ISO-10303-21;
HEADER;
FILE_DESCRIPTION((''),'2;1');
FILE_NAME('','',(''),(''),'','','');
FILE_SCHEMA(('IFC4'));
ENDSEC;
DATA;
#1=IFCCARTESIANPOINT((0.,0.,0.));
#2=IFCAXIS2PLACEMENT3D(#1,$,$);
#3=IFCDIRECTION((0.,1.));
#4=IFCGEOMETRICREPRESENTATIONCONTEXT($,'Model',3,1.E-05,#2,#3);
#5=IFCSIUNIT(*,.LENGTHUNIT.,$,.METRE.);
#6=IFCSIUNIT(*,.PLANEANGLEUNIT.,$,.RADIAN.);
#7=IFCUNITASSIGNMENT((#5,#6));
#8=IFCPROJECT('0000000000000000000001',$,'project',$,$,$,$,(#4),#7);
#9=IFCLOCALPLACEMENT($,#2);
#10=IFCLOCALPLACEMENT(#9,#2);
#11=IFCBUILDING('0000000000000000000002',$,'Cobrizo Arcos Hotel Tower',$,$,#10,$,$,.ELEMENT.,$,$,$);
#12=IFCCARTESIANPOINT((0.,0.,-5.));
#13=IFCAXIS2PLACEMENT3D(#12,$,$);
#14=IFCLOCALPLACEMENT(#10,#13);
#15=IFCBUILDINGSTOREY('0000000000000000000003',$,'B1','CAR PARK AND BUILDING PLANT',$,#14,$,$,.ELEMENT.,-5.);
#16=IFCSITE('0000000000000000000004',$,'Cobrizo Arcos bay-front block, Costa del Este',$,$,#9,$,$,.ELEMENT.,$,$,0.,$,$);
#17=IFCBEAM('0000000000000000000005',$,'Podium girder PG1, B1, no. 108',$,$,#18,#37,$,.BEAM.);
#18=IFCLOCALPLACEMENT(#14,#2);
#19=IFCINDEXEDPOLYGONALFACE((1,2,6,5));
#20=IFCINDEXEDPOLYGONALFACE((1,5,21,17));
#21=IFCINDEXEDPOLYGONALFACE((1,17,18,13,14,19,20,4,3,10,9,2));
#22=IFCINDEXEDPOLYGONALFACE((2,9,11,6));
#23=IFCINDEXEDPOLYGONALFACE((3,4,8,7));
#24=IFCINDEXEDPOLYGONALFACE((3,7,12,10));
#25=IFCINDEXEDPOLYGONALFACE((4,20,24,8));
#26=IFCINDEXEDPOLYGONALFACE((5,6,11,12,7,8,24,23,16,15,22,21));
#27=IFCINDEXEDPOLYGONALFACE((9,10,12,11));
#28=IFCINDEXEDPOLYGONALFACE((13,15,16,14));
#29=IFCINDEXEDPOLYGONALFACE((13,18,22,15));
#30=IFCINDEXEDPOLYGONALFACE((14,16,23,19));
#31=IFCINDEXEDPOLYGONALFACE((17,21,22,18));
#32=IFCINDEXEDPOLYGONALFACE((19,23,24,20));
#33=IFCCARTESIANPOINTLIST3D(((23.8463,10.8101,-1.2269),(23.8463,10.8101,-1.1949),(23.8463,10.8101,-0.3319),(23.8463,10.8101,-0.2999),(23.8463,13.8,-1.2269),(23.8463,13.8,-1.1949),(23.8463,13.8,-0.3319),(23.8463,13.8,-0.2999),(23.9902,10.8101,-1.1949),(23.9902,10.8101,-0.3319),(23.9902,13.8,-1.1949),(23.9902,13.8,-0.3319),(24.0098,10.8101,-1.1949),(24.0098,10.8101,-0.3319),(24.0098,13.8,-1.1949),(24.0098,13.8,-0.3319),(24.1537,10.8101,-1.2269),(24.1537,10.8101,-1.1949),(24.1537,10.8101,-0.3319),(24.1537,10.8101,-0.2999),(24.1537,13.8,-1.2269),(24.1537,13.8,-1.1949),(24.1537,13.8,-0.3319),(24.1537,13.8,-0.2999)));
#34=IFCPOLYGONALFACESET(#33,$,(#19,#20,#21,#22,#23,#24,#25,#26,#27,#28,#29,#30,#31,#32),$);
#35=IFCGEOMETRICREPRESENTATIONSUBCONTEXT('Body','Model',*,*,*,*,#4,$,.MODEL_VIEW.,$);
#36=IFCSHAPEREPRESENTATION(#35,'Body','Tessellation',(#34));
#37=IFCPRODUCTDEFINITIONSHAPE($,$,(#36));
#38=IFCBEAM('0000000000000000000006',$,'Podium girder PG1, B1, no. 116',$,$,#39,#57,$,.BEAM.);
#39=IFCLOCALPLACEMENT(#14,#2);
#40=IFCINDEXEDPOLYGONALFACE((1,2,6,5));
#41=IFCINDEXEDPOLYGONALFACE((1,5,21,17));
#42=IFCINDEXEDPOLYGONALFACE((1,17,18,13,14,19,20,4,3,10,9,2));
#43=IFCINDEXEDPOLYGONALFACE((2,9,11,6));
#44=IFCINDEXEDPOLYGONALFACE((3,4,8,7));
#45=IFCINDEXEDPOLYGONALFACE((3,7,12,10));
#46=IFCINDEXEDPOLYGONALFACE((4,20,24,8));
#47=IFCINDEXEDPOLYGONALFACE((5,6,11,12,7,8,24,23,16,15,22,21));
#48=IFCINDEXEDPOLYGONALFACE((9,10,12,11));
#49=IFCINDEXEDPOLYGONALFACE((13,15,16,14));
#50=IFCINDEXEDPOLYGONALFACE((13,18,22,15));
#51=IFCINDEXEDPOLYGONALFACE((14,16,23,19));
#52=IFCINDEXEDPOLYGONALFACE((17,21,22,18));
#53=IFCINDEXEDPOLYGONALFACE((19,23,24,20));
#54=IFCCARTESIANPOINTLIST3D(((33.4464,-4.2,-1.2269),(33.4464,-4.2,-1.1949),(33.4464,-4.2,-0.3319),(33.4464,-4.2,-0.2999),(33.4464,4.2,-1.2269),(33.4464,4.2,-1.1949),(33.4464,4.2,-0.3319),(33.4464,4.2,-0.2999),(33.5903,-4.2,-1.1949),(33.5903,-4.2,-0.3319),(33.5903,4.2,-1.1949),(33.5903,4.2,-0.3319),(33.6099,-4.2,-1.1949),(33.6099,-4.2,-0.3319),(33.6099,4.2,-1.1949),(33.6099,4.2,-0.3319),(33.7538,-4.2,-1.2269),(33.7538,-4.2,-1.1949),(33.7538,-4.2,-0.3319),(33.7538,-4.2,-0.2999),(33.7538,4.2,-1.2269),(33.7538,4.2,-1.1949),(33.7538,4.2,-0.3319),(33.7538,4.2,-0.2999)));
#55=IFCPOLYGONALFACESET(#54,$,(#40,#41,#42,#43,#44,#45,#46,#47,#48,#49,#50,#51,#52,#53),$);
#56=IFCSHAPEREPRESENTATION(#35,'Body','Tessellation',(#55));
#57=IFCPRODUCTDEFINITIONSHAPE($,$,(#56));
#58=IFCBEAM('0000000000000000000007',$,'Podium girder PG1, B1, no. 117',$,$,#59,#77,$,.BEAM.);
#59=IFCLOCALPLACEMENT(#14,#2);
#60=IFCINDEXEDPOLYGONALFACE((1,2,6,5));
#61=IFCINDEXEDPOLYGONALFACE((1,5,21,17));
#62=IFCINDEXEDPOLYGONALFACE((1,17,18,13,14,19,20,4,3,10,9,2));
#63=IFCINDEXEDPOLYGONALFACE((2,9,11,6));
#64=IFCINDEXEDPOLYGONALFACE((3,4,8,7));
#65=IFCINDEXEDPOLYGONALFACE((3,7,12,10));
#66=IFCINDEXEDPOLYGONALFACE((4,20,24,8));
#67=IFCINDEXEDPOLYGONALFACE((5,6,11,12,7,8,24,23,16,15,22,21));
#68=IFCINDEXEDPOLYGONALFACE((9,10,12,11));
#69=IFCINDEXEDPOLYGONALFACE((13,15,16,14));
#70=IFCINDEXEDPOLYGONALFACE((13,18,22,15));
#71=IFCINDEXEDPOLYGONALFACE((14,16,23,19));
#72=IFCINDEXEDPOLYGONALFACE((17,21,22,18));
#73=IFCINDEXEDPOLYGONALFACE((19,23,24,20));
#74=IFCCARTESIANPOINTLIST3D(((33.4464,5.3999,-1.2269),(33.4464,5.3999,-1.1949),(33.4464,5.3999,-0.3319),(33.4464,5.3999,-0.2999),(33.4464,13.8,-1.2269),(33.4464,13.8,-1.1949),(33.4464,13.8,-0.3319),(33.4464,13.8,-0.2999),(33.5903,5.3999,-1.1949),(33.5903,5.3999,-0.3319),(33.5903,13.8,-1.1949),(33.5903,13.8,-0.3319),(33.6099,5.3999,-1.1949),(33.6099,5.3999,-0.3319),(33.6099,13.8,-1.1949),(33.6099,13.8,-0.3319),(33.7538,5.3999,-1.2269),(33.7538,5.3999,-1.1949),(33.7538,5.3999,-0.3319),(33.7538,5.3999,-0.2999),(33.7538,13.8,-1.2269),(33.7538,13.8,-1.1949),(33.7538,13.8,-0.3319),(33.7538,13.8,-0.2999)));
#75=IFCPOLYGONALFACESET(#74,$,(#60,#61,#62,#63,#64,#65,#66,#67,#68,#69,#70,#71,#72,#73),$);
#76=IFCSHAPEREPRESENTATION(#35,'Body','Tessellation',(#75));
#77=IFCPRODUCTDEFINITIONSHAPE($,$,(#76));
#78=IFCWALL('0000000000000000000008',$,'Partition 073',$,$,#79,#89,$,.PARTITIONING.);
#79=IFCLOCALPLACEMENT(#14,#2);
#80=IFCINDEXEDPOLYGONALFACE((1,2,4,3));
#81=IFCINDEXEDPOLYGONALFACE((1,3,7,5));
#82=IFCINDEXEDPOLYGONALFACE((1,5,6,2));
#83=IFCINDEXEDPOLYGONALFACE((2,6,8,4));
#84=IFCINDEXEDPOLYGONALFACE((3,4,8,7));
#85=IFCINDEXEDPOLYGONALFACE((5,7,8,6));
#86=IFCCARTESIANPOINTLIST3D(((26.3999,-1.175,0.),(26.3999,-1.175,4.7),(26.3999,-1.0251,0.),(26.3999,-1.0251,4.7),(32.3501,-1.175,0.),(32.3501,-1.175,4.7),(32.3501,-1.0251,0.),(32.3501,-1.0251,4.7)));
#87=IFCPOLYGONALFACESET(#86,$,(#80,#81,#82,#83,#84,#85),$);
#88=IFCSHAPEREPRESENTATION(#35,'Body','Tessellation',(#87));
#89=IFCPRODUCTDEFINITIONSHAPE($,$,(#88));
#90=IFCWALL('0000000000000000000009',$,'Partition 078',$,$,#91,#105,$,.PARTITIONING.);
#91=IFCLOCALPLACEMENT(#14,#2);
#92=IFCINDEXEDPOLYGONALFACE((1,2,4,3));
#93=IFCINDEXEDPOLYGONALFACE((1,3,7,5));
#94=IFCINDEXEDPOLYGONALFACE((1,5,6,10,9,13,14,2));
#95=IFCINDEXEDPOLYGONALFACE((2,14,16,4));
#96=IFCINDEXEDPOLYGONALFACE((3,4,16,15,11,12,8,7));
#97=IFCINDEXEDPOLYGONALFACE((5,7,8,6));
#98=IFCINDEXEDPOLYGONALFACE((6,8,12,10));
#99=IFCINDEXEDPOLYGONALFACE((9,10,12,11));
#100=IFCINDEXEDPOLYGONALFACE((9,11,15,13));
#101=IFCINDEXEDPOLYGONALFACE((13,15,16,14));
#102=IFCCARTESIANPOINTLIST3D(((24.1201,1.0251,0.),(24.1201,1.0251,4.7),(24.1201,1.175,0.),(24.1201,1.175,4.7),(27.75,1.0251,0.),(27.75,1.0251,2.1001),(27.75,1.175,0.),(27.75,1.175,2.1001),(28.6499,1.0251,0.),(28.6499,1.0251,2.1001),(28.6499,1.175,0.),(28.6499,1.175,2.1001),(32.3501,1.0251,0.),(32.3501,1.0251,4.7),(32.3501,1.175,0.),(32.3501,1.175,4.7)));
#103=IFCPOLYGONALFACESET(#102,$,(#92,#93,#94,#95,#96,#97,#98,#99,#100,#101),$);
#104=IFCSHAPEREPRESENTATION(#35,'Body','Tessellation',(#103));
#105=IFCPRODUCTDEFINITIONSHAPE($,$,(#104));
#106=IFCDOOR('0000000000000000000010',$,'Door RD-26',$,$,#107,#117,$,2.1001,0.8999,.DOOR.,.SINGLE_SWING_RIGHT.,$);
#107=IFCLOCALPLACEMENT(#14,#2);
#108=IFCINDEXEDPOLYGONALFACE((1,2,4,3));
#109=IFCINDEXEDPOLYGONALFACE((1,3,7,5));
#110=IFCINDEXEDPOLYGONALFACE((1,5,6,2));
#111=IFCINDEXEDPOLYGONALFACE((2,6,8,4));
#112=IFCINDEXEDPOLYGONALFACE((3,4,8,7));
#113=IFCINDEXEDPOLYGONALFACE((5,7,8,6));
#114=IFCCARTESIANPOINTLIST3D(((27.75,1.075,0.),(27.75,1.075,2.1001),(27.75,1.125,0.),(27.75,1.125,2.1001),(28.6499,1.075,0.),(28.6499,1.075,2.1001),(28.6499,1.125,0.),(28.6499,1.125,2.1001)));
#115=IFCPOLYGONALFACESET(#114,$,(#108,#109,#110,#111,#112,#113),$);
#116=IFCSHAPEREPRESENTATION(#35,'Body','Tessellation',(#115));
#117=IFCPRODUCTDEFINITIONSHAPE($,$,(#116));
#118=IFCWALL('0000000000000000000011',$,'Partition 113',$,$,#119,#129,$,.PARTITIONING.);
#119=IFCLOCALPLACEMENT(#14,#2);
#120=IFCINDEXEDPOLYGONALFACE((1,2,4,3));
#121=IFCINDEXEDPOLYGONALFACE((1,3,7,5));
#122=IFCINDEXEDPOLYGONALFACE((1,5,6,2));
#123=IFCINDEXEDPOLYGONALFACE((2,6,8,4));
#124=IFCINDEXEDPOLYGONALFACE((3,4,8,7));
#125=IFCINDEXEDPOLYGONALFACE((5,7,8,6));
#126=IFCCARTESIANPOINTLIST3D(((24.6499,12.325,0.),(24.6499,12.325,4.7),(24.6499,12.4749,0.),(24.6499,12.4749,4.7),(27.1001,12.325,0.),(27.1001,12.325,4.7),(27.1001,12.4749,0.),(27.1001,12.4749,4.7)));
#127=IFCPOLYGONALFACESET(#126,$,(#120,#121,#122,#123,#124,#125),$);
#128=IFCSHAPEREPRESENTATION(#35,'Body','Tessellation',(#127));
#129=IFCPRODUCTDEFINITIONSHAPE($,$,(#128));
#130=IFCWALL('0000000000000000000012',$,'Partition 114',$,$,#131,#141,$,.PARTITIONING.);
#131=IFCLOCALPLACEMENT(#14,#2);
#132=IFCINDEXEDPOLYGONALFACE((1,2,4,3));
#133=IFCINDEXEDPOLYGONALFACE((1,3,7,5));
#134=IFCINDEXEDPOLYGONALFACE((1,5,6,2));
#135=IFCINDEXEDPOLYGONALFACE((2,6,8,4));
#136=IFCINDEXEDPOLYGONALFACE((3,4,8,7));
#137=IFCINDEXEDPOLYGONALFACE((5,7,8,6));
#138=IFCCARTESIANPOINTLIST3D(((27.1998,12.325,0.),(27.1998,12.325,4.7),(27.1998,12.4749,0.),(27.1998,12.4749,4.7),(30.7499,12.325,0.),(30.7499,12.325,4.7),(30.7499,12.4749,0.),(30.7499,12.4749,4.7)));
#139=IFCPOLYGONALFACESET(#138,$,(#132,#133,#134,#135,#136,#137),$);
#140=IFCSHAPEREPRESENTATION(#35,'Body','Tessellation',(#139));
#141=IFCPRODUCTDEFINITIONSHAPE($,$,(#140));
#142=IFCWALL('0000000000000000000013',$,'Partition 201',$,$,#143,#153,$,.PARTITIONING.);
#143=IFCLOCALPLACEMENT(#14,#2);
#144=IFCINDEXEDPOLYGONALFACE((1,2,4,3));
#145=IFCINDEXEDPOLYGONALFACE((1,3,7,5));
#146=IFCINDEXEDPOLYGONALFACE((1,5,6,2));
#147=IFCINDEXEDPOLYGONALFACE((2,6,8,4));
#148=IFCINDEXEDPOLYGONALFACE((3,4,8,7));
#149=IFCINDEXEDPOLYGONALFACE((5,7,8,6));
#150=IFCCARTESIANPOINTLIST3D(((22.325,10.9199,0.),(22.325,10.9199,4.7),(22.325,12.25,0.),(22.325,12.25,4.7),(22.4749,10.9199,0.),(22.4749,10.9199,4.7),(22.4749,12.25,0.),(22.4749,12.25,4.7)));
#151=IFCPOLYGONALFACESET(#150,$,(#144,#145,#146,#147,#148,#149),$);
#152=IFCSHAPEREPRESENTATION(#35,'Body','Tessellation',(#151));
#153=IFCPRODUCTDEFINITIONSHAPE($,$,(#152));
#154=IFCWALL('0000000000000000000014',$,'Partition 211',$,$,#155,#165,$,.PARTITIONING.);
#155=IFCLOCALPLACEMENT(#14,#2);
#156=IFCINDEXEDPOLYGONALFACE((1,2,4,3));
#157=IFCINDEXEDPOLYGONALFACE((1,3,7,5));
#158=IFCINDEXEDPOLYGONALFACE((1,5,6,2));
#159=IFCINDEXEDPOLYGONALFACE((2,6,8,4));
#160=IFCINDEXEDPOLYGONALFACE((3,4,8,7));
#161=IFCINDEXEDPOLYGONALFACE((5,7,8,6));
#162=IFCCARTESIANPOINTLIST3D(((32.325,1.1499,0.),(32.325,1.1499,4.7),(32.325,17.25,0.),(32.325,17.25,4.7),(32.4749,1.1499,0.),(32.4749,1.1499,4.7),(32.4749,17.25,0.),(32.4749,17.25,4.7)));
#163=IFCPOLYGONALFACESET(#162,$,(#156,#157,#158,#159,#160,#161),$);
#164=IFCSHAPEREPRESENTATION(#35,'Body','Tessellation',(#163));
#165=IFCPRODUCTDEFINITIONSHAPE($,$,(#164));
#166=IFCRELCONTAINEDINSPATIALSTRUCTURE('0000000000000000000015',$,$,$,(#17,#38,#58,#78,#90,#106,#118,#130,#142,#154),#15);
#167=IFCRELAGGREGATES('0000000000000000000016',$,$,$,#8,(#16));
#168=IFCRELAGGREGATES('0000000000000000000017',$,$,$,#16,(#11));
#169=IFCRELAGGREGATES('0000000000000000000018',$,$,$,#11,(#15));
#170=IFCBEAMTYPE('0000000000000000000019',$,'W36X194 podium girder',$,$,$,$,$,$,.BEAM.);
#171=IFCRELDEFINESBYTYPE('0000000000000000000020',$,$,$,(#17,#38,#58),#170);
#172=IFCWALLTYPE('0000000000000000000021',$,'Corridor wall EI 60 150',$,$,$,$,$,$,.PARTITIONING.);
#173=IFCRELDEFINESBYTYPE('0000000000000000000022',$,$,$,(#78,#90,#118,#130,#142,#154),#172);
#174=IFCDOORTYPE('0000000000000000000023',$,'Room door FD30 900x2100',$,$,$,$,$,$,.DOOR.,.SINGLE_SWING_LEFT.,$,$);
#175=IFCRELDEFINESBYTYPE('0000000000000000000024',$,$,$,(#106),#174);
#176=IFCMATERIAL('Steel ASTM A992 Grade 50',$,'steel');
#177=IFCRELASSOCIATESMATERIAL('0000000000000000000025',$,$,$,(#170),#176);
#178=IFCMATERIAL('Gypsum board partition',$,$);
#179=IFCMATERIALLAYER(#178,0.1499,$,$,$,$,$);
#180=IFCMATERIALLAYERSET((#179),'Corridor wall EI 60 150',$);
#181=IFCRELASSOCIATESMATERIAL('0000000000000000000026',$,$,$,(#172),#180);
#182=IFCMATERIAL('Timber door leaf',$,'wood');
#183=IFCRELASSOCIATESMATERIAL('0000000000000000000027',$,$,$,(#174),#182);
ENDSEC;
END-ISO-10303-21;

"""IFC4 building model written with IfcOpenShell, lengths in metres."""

from ifc_helpers import new_model, si_unit, direction, frame, frame_2d, origin, origin_2d, place, context, subcontext, project, spatial, rectangle, i_section, extrude, material, layer, layer_set, material_profile, profile_set, type_object, element, fill, save


model = new_model("IFC4")

# Units and contexts
model_context = context("Model", 3, precision=1e-05, world=origin(), true_north=direction((0.0, 1.0)))
body_context = subcontext(model_context, "Body", "Model", "MODEL_VIEW")
ifc_project = project(units=[si_unit("LENGTHUNIT", "METRE"), si_unit("PLANEANGLEUNIT", "RADIAN")], contexts=[model_context])

# Site, building, storey
site_placement = place(None, origin())
site = spatial("IfcSite", under=ifc_project, at=site_placement, Name="Cobrizo Arcos bay-front block, Costa del Este", CompositionType="ELEMENT", RefElevation=0.0)
building_placement = place(site_placement, origin())
building = spatial("IfcBuilding", under=site, at=building_placement, Name="Cobrizo Arcos Hotel Tower", CompositionType="ELEMENT")
storey_placement = place(building_placement, frame((0.0, 0.0, -5.0)))
storey = spatial("IfcBuildingStorey", under=building, at=storey_placement, Name="B1", Description="CAR PARK AND BUILDING PLANT", CompositionType="ELEMENT", Elevation=-5.0)

# Beams
ifc_material_1 = material(Name="Steel ASTM A992 Grade 50", Category="steel")
ifc_material_profile_1 = material_profile(ifc_material_1, i_section(OverallWidth=0.3074, OverallDepth=0.927, WebThickness=0.0195, FlangeThickness=0.032, at=origin_2d()), Name="W36X194")
ifc_profile_set_1 = profile_set([ifc_material_profile_1], Name="Steel ASTM A992 Grade 50")
beam_type_1 = type_object("IfcBeamType", Name="W36X194 podium girder", PredefinedType="BEAM", material=ifc_profile_set_1)
beam_1_placement = place(storey_placement, frame((24.0, 10.8101, -0.7634), z_axis=(0.0, 1.0, 0.0), x_axis=(-1.0, 0.0, 0.0)))
element("IfcBeam", 1, at=beam_1_placement, inside=storey, type_object=beam_type_1, Name="Podium girder PG1, B1, no. 108", PredefinedType="BEAM", context=body_context, shape_type="SweptSolid", body=[
    extrude(i_section(OverallWidth=0.3074, OverallDepth=0.927, WebThickness=0.0195, FlangeThickness=0.032, at=origin_2d()), origin(), (0.0, 0.0, 1.0), 2.99),
])
beam_2_placement = place(storey_placement, frame((33.6001, -4.2, -0.7634), z_axis=(0.0, 1.0, 0.0), x_axis=(-1.0, 0.0, 0.0)))
element("IfcBeam", 2, at=beam_2_placement, inside=storey, type_object=beam_type_1, Name="Podium girder PG1, B1, no. 116", PredefinedType="BEAM", context=body_context, shape_type="SweptSolid", body=[
    extrude(i_section(OverallWidth=0.3074, OverallDepth=0.927, WebThickness=0.0195, FlangeThickness=0.032, at=origin_2d()), origin(), (0.0, 0.0, 1.0), 8.3999),
])
beam_3_placement = place(storey_placement, frame((33.6001, 5.3999, -0.7634), z_axis=(0.0, 1.0, 0.0), x_axis=(-1.0, 0.0, 0.0)))
element("IfcBeam", 3, at=beam_3_placement, inside=storey, type_object=beam_type_1, Name="Podium girder PG1, B1, no. 117", PredefinedType="BEAM", context=body_context, shape_type="SweptSolid", body=[
    extrude(i_section(OverallWidth=0.3074, OverallDepth=0.927, WebThickness=0.0195, FlangeThickness=0.032, at=origin_2d()), origin(), (0.0, 0.0, 1.0), 8.4001),
])

# Wall
ifc_material_2 = material(Name="Gypsum board partition")
ifc_layer_1 = layer(ifc_material_2, 0.1499)
ifc_layer_set_1 = layer_set([ifc_layer_1], Name="Corridor wall EI 60 150")
wall_type_1 = type_object("IfcWallType", Name="Corridor wall EI 60 150", PredefinedType="PARTITIONING", material=ifc_layer_set_1)
wall_1_placement = place(storey_placement, frame((26.3999, -1.1001, 0.0), z_axis=(0.0, 0.0, 1.0), x_axis=(1.0, 0.0, 0.0)))
element("IfcWall", 4, at=wall_1_placement, inside=storey, type_object=wall_type_1, Name="Partition 073", PredefinedType="PARTITIONING", context=body_context, shape_type="SweptSolid", body=[
    extrude(rectangle(XDim=5.9502, YDim=0.1499, at=frame_2d((2.9751, 0.0))), origin(), (0.0, 0.0, 1.0), 4.7),
])

# Wall, opening, door
wall_2_placement = place(storey_placement, frame((24.1201, 1.1001, 0.0), z_axis=(0.0, 0.0, 1.0), x_axis=(1.0, 0.0, 0.0)))
wall_2 = element("IfcWall", 5, at=wall_2_placement, inside=storey, type_object=wall_type_1, Name="Partition 078", PredefinedType="PARTITIONING", context=body_context, shape_type="SweptSolid", body=[
    extrude(rectangle(XDim=8.23, YDim=0.1499, at=frame_2d((4.115, 0.0))), origin(), (0.0, 0.0, 1.0), 4.7),
])
opening_1_placement = place(wall_2_placement, frame((3.6299, 0.0, 0.0)))
opening_1 = element("IfcOpeningElement", 6, at=opening_1_placement, cuts=wall_2, PredefinedType="OPENING", context=body_context, shape_type="SweptSolid", body=[
    extrude(rectangle(XDim=0.8999, YDim=2.1001, at=frame_2d((0.45, 1.05))), frame((0.0, 0.0869, 0.0), z_axis=(0.0, -1.0, 0.0), x_axis=(1.0, 0.0, 0.0)), (0.0, 0.0, 1.0), 0.1738),
])
ifc_material_3 = material(Name="Timber door leaf", Category="wood")
door_type = type_object("IfcDoorType", Name="Room door FD30 900x2100", OperationType="SINGLE_SWING_LEFT", PredefinedType="DOOR", material=ifc_material_3)
door_1_placement = place(opening_1_placement, origin())
door_1 = element("IfcDoor", 7, at=door_1_placement, inside=storey, type_object=door_type, Name="Door RD-26", OperationType="SINGLE_SWING_RIGHT", OverallHeight=2.1001, OverallWidth=0.8999, PredefinedType="DOOR", context=body_context, shape_type="SweptSolid", body=[
    extrude(rectangle(XDim=0.8999, YDim=2.1001, at=frame_2d((0.45, 1.05))), frame((0.0, 0.0249, 0.0), z_axis=(0.0, -1.0, 0.0), x_axis=(1.0, 0.0, 0.0)), (0.0, 0.0, 1.0), 0.05),
])
fill(opening_1, door_1)

# Walls
wall_3_placement = place(storey_placement, frame((24.6499, 12.3999, 0.0), z_axis=(0.0, 0.0, 1.0), x_axis=(1.0, 0.0, 0.0)))
element("IfcWall", 8, at=wall_3_placement, inside=storey, type_object=wall_type_1, Name="Partition 113", PredefinedType="PARTITIONING", context=body_context, shape_type="SweptSolid", body=[
    extrude(rectangle(XDim=2.4502, YDim=0.1499, at=frame_2d((1.2251, 0.0))), origin(), (0.0, 0.0, 1.0), 4.7),
])
wall_4_placement = place(storey_placement, frame((27.2, 12.3999, 0.0), z_axis=(0.0, 0.0, 1.0), x_axis=(1.0, 0.0, 0.0)))
element("IfcWall", 9, at=wall_4_placement, inside=storey, type_object=wall_type_1, Name="Partition 114", PredefinedType="PARTITIONING", context=body_context, shape_type="SweptSolid", body=[
    extrude(rectangle(XDim=3.55, YDim=0.1499, at=frame_2d((1.7749, 0.0))), origin(), (0.0, 0.0, 1.0), 4.7),
])
wall_5_placement = place(storey_placement, frame((22.3999, 10.9199, 0.0), z_axis=(0.0, 0.0, 1.0), x_axis=(0.0, 1.0, 0.0)))
element("IfcWall", 10, at=wall_5_placement, inside=storey, type_object=wall_type_1, Name="Partition 201", PredefinedType="PARTITIONING", context=body_context, shape_type="SweptSolid", body=[
    extrude(rectangle(XDim=1.3301, YDim=0.1499, at=frame_2d((0.665, 0.0))), origin(), (0.0, 0.0, 1.0), 4.7),
])
wall_6_placement = place(storey_placement, frame((32.3999, 1.1499, 0.0), z_axis=(0.0, 0.0, 1.0), x_axis=(0.0, 1.0, 0.0)))
element("IfcWall", 11, at=wall_6_placement, inside=storey, type_object=wall_type_1, Name="Partition 211", PredefinedType="PARTITIONING", context=body_context, shape_type="SweptSolid", body=[
    extrude(rectangle(XDim=16.1001, YDim=0.1499, at=frame_2d((8.05, 0.0))), origin(), (0.0, 0.0, 1.0), 4.7),
])

save(model, "model.ifc")
